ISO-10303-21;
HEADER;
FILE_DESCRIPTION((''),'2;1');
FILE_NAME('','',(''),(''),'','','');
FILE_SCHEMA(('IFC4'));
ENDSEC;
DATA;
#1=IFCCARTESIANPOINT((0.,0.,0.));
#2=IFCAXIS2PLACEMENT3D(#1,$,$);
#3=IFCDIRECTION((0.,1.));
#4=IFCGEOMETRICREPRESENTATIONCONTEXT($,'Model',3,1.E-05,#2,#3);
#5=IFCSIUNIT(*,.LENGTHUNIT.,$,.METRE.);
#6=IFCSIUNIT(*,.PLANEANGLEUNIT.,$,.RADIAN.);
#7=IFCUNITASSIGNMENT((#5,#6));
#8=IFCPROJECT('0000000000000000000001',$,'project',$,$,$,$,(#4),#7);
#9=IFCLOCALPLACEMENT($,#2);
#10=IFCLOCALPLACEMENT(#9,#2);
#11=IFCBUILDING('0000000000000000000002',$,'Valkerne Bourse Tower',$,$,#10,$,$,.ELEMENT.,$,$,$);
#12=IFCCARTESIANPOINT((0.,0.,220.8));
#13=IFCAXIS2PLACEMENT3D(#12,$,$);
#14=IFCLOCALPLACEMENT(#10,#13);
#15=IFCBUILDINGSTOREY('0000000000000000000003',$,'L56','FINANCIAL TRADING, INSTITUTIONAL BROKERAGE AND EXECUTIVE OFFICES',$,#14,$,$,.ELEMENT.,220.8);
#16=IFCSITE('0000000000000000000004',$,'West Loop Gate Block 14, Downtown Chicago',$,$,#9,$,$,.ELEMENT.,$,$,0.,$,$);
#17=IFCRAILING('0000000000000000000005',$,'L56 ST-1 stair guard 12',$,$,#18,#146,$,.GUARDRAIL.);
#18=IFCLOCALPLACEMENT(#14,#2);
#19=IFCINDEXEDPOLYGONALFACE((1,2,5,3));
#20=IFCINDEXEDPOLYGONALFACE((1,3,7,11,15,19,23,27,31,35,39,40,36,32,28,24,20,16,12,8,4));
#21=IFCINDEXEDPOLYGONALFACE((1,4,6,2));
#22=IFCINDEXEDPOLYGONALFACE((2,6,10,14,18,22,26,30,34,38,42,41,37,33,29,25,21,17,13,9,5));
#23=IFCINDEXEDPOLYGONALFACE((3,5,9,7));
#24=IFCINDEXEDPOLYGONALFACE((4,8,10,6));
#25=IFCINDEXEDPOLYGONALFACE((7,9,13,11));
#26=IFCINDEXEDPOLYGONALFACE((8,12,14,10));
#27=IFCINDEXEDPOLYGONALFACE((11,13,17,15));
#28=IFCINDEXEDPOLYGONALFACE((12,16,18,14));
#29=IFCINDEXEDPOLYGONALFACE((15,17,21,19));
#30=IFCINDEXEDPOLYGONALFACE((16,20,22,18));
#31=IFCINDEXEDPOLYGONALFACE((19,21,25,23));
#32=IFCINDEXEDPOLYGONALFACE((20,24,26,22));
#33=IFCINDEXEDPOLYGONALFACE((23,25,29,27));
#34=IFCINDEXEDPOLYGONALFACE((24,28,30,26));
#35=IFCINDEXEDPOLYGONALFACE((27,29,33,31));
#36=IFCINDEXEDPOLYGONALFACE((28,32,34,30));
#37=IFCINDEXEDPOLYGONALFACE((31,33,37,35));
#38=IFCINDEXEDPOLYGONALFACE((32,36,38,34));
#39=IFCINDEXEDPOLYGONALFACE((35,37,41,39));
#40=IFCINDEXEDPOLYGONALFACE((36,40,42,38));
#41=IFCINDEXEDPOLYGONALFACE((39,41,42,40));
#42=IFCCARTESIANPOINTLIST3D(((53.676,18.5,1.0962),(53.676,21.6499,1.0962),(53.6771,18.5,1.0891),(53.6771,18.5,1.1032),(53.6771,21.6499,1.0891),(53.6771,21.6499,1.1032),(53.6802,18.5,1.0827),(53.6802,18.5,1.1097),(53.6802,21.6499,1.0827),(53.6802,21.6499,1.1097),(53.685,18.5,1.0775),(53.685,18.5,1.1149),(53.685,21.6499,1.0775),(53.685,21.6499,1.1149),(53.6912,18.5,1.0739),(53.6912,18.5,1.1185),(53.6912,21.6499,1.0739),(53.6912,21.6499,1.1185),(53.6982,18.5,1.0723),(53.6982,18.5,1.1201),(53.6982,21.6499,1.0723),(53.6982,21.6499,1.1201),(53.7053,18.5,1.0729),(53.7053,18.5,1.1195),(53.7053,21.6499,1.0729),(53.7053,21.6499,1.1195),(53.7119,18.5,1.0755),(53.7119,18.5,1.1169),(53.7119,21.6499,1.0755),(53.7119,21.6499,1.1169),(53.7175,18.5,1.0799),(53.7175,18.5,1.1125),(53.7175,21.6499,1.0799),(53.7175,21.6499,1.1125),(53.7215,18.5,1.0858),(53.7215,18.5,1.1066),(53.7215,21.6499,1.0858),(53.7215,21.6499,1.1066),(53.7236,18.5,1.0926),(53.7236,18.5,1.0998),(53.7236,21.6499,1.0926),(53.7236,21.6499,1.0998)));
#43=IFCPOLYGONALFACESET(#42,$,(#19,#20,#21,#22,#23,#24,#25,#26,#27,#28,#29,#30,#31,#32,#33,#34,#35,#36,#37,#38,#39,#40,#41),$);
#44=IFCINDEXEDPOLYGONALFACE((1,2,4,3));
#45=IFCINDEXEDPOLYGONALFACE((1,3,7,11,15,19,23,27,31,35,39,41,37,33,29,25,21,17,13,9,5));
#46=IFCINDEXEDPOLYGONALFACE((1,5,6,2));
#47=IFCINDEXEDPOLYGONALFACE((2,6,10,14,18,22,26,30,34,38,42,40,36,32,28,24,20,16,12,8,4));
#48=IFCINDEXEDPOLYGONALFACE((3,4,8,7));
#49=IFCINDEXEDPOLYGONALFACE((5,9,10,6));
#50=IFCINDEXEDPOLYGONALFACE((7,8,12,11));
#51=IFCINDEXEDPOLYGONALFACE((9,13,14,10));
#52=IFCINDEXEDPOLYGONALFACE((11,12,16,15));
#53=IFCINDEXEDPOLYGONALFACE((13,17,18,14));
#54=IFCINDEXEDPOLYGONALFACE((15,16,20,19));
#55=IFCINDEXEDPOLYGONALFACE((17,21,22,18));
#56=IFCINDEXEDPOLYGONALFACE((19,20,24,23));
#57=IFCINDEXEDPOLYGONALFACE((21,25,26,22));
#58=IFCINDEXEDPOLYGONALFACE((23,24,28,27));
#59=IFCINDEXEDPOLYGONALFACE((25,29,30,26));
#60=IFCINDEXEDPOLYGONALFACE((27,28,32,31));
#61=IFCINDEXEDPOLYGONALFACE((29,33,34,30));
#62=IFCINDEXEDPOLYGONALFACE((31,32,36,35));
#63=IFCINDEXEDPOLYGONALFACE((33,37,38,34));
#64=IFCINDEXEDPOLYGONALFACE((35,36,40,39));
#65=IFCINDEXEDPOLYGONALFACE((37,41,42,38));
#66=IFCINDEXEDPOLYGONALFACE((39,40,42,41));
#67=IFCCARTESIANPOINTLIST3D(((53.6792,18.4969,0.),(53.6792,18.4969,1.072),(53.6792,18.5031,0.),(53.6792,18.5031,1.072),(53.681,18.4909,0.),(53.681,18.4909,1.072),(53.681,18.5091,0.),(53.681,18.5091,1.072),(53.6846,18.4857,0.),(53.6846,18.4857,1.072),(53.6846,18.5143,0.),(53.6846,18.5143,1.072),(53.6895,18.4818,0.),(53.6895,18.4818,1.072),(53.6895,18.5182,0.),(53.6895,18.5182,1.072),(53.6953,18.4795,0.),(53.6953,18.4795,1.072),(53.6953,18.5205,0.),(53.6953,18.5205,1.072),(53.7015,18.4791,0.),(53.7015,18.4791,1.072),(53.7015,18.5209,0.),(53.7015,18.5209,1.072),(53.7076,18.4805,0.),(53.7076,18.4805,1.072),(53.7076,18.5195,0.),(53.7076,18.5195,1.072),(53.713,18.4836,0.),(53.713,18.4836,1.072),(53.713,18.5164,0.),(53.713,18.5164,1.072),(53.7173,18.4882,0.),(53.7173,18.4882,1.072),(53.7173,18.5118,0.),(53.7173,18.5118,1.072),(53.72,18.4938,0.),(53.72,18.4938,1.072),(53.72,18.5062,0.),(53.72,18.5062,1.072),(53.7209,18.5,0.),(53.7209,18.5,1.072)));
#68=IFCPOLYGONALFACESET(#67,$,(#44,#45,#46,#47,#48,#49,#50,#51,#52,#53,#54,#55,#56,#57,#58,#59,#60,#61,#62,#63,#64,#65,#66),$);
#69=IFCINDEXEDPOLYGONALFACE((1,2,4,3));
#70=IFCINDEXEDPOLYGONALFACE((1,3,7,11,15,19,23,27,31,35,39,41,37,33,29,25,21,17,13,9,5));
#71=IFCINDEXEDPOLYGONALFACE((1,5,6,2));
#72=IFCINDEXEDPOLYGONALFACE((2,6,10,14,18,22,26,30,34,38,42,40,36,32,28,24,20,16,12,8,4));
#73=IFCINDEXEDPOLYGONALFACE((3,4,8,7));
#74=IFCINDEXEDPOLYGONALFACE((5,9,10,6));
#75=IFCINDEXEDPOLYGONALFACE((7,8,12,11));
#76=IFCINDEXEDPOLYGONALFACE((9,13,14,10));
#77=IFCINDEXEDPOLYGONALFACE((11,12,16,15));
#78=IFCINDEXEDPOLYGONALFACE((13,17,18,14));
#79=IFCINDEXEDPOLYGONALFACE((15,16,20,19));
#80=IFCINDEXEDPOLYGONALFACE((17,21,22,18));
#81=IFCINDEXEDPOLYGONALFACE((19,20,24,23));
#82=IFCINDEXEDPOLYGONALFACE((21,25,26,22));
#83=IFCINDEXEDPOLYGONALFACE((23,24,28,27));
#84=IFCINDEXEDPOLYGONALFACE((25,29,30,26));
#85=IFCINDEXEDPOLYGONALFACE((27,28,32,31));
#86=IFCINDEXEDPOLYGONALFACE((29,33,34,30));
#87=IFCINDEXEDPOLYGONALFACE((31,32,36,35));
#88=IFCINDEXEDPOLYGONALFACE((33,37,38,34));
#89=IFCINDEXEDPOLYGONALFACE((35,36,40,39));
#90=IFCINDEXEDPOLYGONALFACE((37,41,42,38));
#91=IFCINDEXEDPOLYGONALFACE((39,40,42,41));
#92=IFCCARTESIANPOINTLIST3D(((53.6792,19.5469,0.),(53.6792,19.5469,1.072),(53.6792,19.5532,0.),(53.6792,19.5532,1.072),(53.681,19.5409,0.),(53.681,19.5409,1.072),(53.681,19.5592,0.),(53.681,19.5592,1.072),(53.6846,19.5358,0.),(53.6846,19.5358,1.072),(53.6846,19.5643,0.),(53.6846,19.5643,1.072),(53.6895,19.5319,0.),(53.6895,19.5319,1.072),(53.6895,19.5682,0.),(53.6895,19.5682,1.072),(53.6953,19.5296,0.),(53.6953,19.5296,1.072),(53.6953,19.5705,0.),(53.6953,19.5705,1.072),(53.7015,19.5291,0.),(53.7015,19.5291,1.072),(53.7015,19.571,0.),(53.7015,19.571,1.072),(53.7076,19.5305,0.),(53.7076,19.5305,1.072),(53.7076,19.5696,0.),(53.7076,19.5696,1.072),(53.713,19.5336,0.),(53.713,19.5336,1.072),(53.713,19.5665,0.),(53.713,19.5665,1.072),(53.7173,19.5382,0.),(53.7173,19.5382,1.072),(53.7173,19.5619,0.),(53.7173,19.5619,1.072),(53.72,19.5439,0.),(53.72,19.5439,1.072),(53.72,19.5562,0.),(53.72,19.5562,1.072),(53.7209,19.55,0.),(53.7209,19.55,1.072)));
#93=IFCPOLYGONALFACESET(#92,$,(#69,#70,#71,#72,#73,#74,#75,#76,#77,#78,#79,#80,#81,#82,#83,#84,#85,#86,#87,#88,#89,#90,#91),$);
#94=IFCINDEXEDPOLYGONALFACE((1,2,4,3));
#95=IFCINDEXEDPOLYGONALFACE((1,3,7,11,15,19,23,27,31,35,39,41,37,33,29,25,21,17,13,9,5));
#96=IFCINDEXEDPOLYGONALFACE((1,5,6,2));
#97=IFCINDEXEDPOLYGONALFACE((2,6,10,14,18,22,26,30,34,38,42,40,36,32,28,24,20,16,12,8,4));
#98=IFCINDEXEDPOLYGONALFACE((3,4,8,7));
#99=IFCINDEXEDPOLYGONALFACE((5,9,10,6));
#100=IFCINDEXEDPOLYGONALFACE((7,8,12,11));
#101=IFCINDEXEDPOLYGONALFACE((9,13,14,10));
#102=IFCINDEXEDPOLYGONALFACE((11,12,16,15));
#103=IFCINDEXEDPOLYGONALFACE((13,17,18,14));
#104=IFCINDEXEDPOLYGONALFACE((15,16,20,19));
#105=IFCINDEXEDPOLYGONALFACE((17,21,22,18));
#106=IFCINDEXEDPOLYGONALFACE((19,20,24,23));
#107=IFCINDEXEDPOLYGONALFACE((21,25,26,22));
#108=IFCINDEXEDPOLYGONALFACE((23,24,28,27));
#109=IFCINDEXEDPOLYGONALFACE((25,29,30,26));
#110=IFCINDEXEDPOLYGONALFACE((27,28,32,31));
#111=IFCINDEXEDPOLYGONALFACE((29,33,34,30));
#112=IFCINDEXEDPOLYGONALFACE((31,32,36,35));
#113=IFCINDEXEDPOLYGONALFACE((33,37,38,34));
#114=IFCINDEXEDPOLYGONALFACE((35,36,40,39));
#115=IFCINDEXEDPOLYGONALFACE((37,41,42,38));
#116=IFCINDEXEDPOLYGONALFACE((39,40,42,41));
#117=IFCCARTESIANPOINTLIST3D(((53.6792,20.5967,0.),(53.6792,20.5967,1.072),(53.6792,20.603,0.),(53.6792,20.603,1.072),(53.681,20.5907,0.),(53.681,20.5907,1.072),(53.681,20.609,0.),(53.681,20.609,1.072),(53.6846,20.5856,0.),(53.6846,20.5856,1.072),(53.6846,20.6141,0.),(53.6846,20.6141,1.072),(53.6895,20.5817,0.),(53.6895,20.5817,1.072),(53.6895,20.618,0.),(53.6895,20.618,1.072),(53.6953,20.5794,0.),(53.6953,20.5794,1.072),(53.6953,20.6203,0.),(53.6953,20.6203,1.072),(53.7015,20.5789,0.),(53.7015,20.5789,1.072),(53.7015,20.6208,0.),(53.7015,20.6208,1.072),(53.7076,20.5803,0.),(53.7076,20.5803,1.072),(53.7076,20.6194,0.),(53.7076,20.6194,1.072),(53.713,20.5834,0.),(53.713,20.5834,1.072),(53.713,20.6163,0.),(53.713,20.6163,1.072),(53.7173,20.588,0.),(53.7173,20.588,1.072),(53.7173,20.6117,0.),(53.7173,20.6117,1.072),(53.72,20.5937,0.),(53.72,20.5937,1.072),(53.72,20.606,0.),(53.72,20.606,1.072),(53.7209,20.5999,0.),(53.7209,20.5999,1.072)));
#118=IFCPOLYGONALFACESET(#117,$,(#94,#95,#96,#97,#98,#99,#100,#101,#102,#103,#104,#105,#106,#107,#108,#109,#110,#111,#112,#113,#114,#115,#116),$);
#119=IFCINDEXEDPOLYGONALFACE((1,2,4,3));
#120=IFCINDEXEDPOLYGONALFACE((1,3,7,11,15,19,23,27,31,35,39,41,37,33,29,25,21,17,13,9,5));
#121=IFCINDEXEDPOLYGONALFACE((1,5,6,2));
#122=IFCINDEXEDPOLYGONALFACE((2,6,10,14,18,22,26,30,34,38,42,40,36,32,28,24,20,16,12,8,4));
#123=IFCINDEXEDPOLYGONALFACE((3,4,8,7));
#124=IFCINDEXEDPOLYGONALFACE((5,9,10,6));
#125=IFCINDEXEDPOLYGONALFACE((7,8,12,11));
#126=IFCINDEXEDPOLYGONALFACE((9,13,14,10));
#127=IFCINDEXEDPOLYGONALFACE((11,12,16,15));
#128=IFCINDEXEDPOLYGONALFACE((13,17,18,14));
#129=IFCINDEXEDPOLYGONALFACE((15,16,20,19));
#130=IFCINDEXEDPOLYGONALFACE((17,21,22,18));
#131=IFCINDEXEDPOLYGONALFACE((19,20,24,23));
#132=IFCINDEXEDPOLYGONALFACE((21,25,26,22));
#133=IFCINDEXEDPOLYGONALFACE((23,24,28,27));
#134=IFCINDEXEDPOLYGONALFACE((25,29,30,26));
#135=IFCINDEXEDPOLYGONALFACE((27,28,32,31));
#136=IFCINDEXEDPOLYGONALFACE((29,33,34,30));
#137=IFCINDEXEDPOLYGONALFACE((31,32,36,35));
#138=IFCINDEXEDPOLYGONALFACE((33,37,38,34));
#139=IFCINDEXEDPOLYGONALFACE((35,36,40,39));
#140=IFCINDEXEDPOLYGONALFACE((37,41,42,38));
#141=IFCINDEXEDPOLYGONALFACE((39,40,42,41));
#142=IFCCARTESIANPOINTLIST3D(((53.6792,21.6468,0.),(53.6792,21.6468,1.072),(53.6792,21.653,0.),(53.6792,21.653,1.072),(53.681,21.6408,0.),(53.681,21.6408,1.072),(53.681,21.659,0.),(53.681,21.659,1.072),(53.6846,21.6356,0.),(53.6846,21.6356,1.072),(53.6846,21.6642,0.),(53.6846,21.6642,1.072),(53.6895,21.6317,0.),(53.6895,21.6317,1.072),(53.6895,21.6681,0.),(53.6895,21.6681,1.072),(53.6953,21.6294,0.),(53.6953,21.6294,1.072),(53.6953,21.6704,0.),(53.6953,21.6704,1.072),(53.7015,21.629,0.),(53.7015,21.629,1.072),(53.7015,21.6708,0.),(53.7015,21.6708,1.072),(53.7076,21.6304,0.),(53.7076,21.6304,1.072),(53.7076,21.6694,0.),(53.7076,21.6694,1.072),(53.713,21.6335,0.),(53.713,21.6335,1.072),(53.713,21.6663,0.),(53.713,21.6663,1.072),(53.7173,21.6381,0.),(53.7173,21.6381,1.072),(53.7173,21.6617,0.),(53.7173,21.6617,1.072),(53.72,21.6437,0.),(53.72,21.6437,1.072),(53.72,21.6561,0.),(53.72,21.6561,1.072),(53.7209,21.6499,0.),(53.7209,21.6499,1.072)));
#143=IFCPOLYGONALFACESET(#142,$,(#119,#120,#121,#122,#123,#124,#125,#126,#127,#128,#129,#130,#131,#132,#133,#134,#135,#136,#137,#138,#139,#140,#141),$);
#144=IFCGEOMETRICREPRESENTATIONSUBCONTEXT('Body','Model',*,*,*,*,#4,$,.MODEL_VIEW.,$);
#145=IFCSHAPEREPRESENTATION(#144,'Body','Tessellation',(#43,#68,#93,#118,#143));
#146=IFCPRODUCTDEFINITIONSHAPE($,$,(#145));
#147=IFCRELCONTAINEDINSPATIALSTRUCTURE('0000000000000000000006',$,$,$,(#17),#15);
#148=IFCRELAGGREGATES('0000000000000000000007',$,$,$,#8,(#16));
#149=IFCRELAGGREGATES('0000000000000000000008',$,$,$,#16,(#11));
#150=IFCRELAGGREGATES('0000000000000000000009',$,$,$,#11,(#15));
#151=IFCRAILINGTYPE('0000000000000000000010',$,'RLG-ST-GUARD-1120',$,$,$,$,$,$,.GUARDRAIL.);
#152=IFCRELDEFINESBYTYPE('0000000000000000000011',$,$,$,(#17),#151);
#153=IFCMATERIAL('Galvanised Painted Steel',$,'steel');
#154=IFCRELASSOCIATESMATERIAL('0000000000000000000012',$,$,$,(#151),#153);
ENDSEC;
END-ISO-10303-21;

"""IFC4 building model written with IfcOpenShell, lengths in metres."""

from ifc_helpers import new_model, si_unit, direction, frame, origin, origin_2d, place, context, subcontext, project, spatial, circle, extrude, material, type_object, element, save


model = new_model("IFC4")

# Units and contexts
model_context = context("Model", 3, precision=1e-05, world=origin(), true_north=direction((0.0, 1.0)))
body_context = subcontext(model_context, "Body", "Model", "MODEL_VIEW")
ifc_project = project(units=[si_unit("LENGTHUNIT", "METRE"), si_unit("PLANEANGLEUNIT", "RADIAN")], contexts=[model_context])

# Site, building, storey
site_placement = place(None, origin())
site = spatial("IfcSite", under=ifc_project, at=site_placement, Name="West Loop Gate Block 14, Downtown Chicago", CompositionType="ELEMENT", RefElevation=0.0)
building_placement = place(site_placement, origin())
building = spatial("IfcBuilding", under=site, at=building_placement, Name="Valkerne Bourse Tower", CompositionType="ELEMENT")
storey_placement = place(building_placement, frame((0.0, 0.0, 220.8)))
storey = spatial("IfcBuildingStorey", under=building, at=storey_placement, Name="L56", Description="FINANCIAL TRADING, INSTITUTIONAL BROKERAGE AND EXECUTIVE OFFICES", CompositionType="ELEMENT", Elevation=220.8)

# Railing
ifc_material_1 = material(Name="Galvanised Painted Steel", Category="steel")
railing_type = type_object("IfcRailingType", Name="RLG-ST-GUARD-1120", PredefinedType="GUARDRAIL", material=ifc_material_1)
railing_1_placement = place(storey_placement, frame((53.7, 18.5, 0.0)))
element("IfcRailing", 1, at=railing_1_placement, inside=storey, type_object=railing_type, Name="L56 ST-1 stair guard 12", PredefinedType="GUARDRAIL", context=body_context, shape_type="SweptSolid", body=[
    extrude(circle(Radius=0.0239, at=origin_2d()), frame((0.0, 0.0, 1.0962), z_axis=(0.0, 1.0, 0.0), x_axis=(-1.0, 0.0, 0.0)), (0.0, 0.0, 1.0), 3.1499),
    extrude(circle(Radius=0.021, at=origin_2d()), origin(), (0.0, 0.0, 1.0), 1.072),
    extrude(circle(Radius=0.021, at=origin_2d()), frame((0.0, 1.05, 0.0)), (0.0, 0.0, 1.0), 1.072),
    extrude(circle(Radius=0.021, at=origin_2d()), frame((0.0, 2.0999, 0.0)), (0.0, 0.0, 1.0), 1.072),
    extrude(circle(Radius=0.021, at=origin_2d()), frame((0.0, 3.1499, 0.0)), (0.0, 0.0, 1.0), 1.072),
])

save(model, "model.ifc")
